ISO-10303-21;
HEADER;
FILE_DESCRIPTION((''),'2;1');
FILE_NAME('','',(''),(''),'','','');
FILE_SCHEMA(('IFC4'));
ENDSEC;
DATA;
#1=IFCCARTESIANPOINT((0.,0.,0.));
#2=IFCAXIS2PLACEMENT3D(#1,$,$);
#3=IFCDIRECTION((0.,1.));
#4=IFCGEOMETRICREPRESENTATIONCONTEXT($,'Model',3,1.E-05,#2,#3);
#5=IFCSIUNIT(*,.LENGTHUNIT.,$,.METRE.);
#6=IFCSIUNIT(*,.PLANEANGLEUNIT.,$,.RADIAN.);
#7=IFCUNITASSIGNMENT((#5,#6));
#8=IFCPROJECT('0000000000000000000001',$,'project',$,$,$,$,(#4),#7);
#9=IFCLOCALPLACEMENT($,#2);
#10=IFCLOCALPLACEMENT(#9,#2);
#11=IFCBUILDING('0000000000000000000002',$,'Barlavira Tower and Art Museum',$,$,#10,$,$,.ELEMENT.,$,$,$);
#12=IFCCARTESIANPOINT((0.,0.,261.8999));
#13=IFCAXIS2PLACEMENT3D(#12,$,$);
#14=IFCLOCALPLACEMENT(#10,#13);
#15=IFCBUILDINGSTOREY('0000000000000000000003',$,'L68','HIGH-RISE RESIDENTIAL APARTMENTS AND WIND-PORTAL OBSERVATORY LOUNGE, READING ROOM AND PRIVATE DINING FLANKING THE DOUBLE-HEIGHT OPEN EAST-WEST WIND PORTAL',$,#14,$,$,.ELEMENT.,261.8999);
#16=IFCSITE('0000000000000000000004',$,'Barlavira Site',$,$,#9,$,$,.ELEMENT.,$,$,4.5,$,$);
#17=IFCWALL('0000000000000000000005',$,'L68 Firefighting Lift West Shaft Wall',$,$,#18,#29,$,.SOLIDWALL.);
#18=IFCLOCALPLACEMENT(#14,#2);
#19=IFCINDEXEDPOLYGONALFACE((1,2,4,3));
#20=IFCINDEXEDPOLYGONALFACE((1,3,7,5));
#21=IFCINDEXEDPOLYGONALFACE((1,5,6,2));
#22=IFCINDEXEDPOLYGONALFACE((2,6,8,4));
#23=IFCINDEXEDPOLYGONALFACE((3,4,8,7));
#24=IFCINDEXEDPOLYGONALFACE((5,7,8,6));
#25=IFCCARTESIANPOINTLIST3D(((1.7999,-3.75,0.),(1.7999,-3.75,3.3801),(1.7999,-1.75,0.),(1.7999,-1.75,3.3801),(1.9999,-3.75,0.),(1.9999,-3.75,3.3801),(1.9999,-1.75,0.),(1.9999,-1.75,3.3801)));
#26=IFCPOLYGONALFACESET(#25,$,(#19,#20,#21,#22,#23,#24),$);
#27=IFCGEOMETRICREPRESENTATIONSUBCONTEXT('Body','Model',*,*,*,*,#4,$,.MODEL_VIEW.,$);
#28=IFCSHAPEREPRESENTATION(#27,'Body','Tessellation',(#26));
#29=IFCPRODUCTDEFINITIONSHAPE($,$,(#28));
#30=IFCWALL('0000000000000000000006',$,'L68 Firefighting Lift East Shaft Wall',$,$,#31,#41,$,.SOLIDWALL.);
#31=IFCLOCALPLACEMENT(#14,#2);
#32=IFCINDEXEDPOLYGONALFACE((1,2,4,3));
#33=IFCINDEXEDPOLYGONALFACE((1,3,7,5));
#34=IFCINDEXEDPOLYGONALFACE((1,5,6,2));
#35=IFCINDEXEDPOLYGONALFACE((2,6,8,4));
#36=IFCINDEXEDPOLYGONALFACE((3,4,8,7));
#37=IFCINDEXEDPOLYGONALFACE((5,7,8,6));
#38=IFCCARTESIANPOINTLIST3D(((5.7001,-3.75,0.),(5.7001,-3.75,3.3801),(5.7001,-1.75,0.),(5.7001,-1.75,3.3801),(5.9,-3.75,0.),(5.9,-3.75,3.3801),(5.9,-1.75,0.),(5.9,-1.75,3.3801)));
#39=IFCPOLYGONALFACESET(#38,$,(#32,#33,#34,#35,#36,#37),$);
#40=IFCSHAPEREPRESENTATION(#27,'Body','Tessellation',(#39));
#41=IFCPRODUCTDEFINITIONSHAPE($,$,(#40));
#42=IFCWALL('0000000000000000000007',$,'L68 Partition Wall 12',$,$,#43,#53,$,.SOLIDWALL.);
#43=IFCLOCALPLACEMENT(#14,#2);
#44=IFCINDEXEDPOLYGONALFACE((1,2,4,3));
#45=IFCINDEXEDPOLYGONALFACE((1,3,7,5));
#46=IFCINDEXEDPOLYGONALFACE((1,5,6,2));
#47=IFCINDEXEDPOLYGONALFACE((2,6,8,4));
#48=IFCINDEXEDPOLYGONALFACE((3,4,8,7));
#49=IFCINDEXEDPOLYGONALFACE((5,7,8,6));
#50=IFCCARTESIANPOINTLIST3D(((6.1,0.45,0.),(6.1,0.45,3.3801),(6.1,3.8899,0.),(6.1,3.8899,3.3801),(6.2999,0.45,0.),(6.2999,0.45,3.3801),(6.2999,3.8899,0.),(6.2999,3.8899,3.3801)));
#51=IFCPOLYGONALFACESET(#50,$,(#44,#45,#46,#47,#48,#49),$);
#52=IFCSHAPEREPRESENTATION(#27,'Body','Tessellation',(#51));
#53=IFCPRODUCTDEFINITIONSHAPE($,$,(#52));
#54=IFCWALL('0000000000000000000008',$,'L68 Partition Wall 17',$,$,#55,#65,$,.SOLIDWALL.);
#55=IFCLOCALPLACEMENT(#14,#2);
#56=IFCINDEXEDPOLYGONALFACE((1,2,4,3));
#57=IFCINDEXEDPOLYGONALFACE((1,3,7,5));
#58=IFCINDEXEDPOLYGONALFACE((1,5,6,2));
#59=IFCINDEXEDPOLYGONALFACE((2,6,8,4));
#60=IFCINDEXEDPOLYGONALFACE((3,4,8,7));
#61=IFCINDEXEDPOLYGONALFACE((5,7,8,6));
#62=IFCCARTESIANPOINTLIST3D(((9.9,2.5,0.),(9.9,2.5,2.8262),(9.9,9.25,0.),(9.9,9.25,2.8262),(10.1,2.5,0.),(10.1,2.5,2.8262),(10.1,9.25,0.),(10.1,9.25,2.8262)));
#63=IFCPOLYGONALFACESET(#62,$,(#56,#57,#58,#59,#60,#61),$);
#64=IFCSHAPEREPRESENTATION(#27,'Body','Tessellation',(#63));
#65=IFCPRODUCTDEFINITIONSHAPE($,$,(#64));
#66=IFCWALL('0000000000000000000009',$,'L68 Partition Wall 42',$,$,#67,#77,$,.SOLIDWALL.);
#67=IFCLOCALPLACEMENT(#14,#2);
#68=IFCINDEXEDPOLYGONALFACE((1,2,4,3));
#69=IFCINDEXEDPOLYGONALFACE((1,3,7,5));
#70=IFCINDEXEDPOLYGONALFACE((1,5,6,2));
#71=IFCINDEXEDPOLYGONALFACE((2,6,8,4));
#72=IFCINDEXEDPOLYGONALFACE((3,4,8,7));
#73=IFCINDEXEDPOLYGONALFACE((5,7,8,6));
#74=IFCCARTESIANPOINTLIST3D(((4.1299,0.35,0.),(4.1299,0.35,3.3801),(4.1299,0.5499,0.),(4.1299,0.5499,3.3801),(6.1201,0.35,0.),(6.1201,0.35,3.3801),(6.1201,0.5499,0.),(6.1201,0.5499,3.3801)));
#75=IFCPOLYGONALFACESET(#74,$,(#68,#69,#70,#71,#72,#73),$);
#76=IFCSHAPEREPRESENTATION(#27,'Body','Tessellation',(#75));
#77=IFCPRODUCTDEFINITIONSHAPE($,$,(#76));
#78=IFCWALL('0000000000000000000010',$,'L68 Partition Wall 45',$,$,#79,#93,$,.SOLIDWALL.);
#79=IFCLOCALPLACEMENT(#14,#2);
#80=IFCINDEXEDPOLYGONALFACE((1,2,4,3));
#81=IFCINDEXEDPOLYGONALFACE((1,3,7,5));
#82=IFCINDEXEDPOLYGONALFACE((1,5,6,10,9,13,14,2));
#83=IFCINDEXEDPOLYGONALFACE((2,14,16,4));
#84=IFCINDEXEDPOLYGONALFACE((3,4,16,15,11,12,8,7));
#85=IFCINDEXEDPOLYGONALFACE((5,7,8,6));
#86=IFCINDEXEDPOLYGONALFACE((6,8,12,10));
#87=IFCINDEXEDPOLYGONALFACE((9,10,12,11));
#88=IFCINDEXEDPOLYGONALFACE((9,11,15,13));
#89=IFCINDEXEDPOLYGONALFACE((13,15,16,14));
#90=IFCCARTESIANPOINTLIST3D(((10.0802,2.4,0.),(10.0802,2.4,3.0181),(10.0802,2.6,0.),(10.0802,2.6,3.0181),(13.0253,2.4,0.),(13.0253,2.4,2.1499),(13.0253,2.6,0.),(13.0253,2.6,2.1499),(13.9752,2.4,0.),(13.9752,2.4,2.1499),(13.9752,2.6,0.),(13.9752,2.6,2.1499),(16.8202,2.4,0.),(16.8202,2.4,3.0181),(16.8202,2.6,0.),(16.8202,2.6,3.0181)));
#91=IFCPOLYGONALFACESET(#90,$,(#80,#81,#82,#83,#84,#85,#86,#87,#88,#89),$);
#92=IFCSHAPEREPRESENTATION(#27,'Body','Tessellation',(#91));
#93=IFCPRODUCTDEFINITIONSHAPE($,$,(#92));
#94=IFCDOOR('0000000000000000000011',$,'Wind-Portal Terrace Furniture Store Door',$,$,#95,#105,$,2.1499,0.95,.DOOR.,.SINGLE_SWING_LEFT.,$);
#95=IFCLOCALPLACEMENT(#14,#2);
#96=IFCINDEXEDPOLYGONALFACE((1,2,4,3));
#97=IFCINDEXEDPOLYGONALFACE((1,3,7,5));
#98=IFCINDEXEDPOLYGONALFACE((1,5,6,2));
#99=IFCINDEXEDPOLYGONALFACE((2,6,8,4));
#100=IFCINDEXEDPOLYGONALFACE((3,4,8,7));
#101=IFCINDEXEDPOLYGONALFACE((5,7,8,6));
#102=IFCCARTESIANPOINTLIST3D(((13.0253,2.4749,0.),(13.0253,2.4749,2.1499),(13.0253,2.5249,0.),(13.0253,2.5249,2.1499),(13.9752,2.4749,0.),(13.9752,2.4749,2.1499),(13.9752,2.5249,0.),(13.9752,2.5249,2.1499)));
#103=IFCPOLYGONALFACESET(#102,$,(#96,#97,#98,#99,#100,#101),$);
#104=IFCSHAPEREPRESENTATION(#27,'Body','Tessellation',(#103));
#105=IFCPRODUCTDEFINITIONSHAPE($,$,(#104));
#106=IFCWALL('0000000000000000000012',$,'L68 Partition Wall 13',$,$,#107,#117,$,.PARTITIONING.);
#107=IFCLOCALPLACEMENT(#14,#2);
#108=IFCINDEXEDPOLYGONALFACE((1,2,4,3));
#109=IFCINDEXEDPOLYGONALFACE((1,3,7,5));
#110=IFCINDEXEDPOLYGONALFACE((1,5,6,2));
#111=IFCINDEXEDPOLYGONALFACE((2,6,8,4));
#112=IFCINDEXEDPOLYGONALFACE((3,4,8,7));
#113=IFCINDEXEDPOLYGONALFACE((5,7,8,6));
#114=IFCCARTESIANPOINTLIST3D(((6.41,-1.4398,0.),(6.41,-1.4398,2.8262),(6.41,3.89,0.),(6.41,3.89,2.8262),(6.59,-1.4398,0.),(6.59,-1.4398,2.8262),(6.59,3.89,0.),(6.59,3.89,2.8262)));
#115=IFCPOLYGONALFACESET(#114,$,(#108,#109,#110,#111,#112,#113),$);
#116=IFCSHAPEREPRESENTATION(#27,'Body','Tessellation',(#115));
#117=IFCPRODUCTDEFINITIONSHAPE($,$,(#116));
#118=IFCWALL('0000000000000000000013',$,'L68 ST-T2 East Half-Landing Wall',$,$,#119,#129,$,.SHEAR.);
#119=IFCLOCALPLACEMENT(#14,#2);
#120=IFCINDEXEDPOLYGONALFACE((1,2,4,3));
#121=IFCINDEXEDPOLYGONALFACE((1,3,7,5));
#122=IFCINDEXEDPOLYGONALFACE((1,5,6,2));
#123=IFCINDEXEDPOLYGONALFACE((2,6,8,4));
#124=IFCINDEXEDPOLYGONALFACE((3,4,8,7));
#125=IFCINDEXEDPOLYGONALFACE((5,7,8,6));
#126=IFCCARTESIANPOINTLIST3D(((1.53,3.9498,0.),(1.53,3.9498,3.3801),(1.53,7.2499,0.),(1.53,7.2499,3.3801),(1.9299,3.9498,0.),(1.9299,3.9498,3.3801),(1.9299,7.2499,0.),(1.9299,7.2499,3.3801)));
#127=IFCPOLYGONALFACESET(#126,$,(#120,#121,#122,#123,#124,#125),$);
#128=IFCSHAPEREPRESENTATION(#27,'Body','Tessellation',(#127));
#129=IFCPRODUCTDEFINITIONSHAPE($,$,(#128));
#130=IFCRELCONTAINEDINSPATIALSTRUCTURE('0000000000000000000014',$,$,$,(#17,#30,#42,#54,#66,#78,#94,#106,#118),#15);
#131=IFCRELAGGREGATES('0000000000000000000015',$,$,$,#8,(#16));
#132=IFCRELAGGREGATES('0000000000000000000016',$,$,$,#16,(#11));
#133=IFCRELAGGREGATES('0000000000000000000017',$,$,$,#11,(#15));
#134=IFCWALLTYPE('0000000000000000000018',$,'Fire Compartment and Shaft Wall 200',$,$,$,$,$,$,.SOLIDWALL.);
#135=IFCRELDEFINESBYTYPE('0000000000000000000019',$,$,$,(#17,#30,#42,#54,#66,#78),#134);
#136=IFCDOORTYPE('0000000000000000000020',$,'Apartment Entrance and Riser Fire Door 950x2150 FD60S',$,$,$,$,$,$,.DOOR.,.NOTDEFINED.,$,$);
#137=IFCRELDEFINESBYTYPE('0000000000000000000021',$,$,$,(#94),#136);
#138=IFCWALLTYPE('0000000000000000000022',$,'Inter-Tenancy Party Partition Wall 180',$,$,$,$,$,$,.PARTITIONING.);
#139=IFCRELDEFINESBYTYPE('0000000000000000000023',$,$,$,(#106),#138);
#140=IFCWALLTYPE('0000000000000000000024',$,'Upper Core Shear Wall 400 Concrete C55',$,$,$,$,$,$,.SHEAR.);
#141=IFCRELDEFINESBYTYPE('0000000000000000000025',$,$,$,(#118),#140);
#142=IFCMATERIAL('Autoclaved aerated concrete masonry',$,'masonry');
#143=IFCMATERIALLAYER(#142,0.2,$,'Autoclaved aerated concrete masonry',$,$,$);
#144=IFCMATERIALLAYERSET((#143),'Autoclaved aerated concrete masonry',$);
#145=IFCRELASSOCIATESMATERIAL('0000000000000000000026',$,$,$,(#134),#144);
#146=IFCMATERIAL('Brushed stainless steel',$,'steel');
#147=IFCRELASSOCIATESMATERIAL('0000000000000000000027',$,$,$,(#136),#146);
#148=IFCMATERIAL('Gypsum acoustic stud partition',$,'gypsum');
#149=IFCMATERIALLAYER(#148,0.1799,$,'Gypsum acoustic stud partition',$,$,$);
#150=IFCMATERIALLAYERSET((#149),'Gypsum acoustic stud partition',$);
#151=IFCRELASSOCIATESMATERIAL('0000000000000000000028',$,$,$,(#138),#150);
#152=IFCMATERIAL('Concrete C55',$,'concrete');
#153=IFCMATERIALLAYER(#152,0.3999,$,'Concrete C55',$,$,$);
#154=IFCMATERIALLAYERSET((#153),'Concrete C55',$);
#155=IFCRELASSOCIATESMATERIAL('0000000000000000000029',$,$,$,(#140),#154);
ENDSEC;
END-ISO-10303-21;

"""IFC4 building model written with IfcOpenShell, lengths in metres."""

from ifc_helpers import new_model, si_unit, direction, frame, frame_2d, origin, place, context, subcontext, project, spatial, rectangle, extrude, material, layer, layer_set, type_object, element, fill, save


model = new_model("IFC4")

# Units and contexts
model_context = context("Model", 3, precision=1e-05, world=origin(), true_north=direction((0.0, 1.0)))
body_context = subcontext(model_context, "Body", "Model", "MODEL_VIEW")
ifc_project = project(units=[si_unit("LENGTHUNIT", "METRE"), si_unit("PLANEANGLEUNIT", "RADIAN")], contexts=[model_context])

# Site, building, storey
site_placement = place(None, origin())
site = spatial("IfcSite", under=ifc_project, at=site_placement, Name="Barlavira Site", CompositionType="ELEMENT", RefElevation=4.5)
building_placement = place(site_placement, origin())
building = spatial("IfcBuilding", under=site, at=building_placement, Name="Barlavira Tower and Art Museum", CompositionType="ELEMENT")
storey_placement = place(building_placement, frame((0.0, 0.0, 261.8999)))
storey = spatial("IfcBuildingStorey", under=building, at=storey_placement, Name="L68", Description="HIGH-RISE RESIDENTIAL APARTMENTS AND WIND-PORTAL OBSERVATORY LOUNGE, READING ROOM AND PRIVATE DINING FLANKING THE DOUBLE-HEIGHT OPEN EAST-WEST WIND PORTAL", CompositionType="ELEMENT", Elevation=261.8999)

# Walls
ifc_material_1 = material(Name="Autoclaved aerated concrete masonry", Category="masonry")
ifc_layer_1 = layer(ifc_material_1, 0.2, Name="Autoclaved aerated concrete masonry")
ifc_layer_set_1 = layer_set([ifc_layer_1], Name="Autoclaved aerated concrete masonry")
wall_type_1 = type_object("IfcWallType", Name="Fire Compartment and Shaft Wall 200", PredefinedType="SOLIDWALL", material=ifc_layer_set_1)
for number, where, z_axis, x_axis, name in (
    (1, (1.8999, -3.75, 0.0), (0.0, 0.0, 1.0), (0.0, 1.0, 0.0), "L68 Firefighting Lift West Shaft Wall"),
    (2, (5.8, -3.75, 0.0), (0.0, 0.0, 1.0), (0.0, 1.0, 0.0), "L68 Firefighting Lift East Shaft Wall"),
):
    element("IfcWall", number, at=place(storey_placement, frame(where, z_axis=z_axis, x_axis=x_axis)), inside=storey, type_object=wall_type_1, Name=name, PredefinedType="SOLIDWALL", context=body_context, shape_type="SweptSolid", body=[
        extrude(rectangle(XDim=2.0, YDim=0.2, at=frame_2d((1.0, 0.0))), origin(), (0.0, 0.0, 1.0), 3.3801),
    ])

# Shared definitions
ifc_material_2 = material(Name="Brushed stainless steel", Category="steel")
door_type = type_object("IfcDoorType", Name="Apartment Entrance and Riser Fire Door 950x2150 FD60S", OperationType="NOTDEFINED", PredefinedType="DOOR", material=ifc_material_2)

# Walls
wall_1_placement = place(storey_placement, frame((6.2, 0.45, 0.0), z_axis=(0.0, 0.0, 1.0), x_axis=(0.0, 1.0, 0.0)))
element("IfcWall", 3, at=wall_1_placement, inside=storey, type_object=wall_type_1, Name="L68 Partition Wall 12", PredefinedType="SOLIDWALL", context=body_context, shape_type="SweptSolid", body=[
    extrude(rectangle(XDim=3.4399, YDim=0.2, at=frame_2d((1.72, 0.0))), origin(), (0.0, 0.0, 1.0), 3.3801),
])
wall_2_placement = place(storey_placement, frame((10.0, 2.5, 0.0), z_axis=(0.0, 0.0, 1.0), x_axis=(0.0, 1.0, 0.0)))
element("IfcWall", 4, at=wall_2_placement, inside=storey, type_object=wall_type_1, Name="L68 Partition Wall 17", PredefinedType="SOLIDWALL", context=body_context, shape_type="SweptSolid", body=[
    extrude(rectangle(XDim=6.75, YDim=0.2, at=frame_2d((3.375, 0.0))), origin(), (0.0, 0.0, 1.0), 2.8262),
])
wall_3_placement = place(storey_placement, frame((4.1299, 0.45, 0.0), z_axis=(0.0, 0.0, 1.0), x_axis=(1.0, 0.0, 0.0)))
element("IfcWall", 5, at=wall_3_placement, inside=storey, type_object=wall_type_1, Name="L68 Partition Wall 42", PredefinedType="SOLIDWALL", context=body_context, shape_type="SweptSolid", body=[
    extrude(rectangle(XDim=1.9902, YDim=0.2, at=frame_2d((0.9951, 0.0))), origin(), (0.0, 0.0, 1.0), 3.3801),
])

# Wall, opening, door
wall_4_placement = place(storey_placement, frame((10.0801, 2.5, 0.0), z_axis=(0.0, 0.0, 1.0), x_axis=(1.0, 0.0, 0.0)))
wall_4 = element("IfcWall", 6, at=wall_4_placement, inside=storey, type_object=wall_type_1, Name="L68 Partition Wall 45", PredefinedType="SOLIDWALL", context=body_context, shape_type="SweptSolid", body=[
    extrude(rectangle(XDim=6.74, YDim=0.2, at=frame_2d((3.3701, 0.0))), origin(), (0.0, 0.0, 1.0), 3.0181),
])
opening_1_placement = place(wall_4_placement, frame((2.9451, 0.0, 0.0)))
opening_1 = element("IfcOpeningElement", 7, at=opening_1_placement, cuts=wall_4, PredefinedType="OPENING", context=body_context, shape_type="SweptSolid", body=[
    extrude(rectangle(XDim=0.95, YDim=2.1499, at=frame_2d((0.4751, 1.075))), frame((0.0, 0.1099, 0.0), z_axis=(0.0, -1.0, 0.0), x_axis=(1.0, 0.0, 0.0)), (0.0, 0.0, 1.0), 0.22),
])
door_1_placement = place(opening_1_placement, origin())
door_1 = element("IfcDoor", 8, at=door_1_placement, inside=storey, type_object=door_type, Name="Wind-Portal Terrace Furniture Store Door", OperationType="SINGLE_SWING_LEFT", OverallHeight=2.1499, OverallWidth=0.95, PredefinedType="DOOR", context=body_context, shape_type="SweptSolid", body=[
    extrude(rectangle(XDim=0.95, YDim=2.1499, at=frame_2d((0.4751, 1.075))), frame((0.0, 0.0249, 0.0), z_axis=(0.0, -1.0, 0.0), x_axis=(1.0, 0.0, 0.0)), (0.0, 0.0, 1.0), 0.05),
])
fill(opening_1, door_1)

# Walls
ifc_material_3 = material(Name="Gypsum acoustic stud partition", Category="gypsum")
ifc_layer_2 = layer(ifc_material_3, 0.1799, Name="Gypsum acoustic stud partition")
ifc_layer_set_2 = layer_set([ifc_layer_2], Name="Gypsum acoustic stud partition")
wall_type_2 = type_object("IfcWallType", Name="Inter-Tenancy Party Partition Wall 180", PredefinedType="PARTITIONING", material=ifc_layer_set_2)
wall_5_placement = place(storey_placement, frame((6.5, -1.4399, 0.0), z_axis=(0.0, 0.0, 1.0), x_axis=(0.0, 1.0, 0.0)))
element("IfcWall", 9, at=wall_5_placement, inside=storey, type_object=wall_type_2, Name="L68 Partition Wall 13", PredefinedType="PARTITIONING", context=body_context, shape_type="SweptSolid", body=[
    extrude(rectangle(XDim=5.3298, YDim=0.1799, at=frame_2d((2.665, 0.0))), origin(), (0.0, 0.0, 1.0), 2.8262),
])
ifc_material_4 = material(Name="Concrete C55", Category="concrete")
ifc_layer_3 = layer(ifc_material_4, 0.3999, Name="Concrete C55")
ifc_layer_set_3 = layer_set([ifc_layer_3], Name="Concrete C55")
wall_type_3 = type_object("IfcWallType", Name="Upper Core Shear Wall 400 Concrete C55", PredefinedType="SHEAR", material=ifc_layer_set_3)
wall_6_placement = place(storey_placement, frame((1.73, 3.95, 0.0), z_axis=(0.0, 0.0, 1.0), x_axis=(0.0, 1.0, 0.0)))
element("IfcWall", 10, at=wall_6_placement, inside=storey, type_object=wall_type_3, Name="L68 ST-T2 East Half-Landing Wall", PredefinedType="SHEAR", context=body_context, shape_type="SweptSolid", body=[
    extrude(rectangle(XDim=3.3, YDim=0.3999, at=frame_2d((1.6499, 0.0))), origin(), (0.0, 0.0, 1.0), 3.3801),
])

save(model, "model.ifc")
